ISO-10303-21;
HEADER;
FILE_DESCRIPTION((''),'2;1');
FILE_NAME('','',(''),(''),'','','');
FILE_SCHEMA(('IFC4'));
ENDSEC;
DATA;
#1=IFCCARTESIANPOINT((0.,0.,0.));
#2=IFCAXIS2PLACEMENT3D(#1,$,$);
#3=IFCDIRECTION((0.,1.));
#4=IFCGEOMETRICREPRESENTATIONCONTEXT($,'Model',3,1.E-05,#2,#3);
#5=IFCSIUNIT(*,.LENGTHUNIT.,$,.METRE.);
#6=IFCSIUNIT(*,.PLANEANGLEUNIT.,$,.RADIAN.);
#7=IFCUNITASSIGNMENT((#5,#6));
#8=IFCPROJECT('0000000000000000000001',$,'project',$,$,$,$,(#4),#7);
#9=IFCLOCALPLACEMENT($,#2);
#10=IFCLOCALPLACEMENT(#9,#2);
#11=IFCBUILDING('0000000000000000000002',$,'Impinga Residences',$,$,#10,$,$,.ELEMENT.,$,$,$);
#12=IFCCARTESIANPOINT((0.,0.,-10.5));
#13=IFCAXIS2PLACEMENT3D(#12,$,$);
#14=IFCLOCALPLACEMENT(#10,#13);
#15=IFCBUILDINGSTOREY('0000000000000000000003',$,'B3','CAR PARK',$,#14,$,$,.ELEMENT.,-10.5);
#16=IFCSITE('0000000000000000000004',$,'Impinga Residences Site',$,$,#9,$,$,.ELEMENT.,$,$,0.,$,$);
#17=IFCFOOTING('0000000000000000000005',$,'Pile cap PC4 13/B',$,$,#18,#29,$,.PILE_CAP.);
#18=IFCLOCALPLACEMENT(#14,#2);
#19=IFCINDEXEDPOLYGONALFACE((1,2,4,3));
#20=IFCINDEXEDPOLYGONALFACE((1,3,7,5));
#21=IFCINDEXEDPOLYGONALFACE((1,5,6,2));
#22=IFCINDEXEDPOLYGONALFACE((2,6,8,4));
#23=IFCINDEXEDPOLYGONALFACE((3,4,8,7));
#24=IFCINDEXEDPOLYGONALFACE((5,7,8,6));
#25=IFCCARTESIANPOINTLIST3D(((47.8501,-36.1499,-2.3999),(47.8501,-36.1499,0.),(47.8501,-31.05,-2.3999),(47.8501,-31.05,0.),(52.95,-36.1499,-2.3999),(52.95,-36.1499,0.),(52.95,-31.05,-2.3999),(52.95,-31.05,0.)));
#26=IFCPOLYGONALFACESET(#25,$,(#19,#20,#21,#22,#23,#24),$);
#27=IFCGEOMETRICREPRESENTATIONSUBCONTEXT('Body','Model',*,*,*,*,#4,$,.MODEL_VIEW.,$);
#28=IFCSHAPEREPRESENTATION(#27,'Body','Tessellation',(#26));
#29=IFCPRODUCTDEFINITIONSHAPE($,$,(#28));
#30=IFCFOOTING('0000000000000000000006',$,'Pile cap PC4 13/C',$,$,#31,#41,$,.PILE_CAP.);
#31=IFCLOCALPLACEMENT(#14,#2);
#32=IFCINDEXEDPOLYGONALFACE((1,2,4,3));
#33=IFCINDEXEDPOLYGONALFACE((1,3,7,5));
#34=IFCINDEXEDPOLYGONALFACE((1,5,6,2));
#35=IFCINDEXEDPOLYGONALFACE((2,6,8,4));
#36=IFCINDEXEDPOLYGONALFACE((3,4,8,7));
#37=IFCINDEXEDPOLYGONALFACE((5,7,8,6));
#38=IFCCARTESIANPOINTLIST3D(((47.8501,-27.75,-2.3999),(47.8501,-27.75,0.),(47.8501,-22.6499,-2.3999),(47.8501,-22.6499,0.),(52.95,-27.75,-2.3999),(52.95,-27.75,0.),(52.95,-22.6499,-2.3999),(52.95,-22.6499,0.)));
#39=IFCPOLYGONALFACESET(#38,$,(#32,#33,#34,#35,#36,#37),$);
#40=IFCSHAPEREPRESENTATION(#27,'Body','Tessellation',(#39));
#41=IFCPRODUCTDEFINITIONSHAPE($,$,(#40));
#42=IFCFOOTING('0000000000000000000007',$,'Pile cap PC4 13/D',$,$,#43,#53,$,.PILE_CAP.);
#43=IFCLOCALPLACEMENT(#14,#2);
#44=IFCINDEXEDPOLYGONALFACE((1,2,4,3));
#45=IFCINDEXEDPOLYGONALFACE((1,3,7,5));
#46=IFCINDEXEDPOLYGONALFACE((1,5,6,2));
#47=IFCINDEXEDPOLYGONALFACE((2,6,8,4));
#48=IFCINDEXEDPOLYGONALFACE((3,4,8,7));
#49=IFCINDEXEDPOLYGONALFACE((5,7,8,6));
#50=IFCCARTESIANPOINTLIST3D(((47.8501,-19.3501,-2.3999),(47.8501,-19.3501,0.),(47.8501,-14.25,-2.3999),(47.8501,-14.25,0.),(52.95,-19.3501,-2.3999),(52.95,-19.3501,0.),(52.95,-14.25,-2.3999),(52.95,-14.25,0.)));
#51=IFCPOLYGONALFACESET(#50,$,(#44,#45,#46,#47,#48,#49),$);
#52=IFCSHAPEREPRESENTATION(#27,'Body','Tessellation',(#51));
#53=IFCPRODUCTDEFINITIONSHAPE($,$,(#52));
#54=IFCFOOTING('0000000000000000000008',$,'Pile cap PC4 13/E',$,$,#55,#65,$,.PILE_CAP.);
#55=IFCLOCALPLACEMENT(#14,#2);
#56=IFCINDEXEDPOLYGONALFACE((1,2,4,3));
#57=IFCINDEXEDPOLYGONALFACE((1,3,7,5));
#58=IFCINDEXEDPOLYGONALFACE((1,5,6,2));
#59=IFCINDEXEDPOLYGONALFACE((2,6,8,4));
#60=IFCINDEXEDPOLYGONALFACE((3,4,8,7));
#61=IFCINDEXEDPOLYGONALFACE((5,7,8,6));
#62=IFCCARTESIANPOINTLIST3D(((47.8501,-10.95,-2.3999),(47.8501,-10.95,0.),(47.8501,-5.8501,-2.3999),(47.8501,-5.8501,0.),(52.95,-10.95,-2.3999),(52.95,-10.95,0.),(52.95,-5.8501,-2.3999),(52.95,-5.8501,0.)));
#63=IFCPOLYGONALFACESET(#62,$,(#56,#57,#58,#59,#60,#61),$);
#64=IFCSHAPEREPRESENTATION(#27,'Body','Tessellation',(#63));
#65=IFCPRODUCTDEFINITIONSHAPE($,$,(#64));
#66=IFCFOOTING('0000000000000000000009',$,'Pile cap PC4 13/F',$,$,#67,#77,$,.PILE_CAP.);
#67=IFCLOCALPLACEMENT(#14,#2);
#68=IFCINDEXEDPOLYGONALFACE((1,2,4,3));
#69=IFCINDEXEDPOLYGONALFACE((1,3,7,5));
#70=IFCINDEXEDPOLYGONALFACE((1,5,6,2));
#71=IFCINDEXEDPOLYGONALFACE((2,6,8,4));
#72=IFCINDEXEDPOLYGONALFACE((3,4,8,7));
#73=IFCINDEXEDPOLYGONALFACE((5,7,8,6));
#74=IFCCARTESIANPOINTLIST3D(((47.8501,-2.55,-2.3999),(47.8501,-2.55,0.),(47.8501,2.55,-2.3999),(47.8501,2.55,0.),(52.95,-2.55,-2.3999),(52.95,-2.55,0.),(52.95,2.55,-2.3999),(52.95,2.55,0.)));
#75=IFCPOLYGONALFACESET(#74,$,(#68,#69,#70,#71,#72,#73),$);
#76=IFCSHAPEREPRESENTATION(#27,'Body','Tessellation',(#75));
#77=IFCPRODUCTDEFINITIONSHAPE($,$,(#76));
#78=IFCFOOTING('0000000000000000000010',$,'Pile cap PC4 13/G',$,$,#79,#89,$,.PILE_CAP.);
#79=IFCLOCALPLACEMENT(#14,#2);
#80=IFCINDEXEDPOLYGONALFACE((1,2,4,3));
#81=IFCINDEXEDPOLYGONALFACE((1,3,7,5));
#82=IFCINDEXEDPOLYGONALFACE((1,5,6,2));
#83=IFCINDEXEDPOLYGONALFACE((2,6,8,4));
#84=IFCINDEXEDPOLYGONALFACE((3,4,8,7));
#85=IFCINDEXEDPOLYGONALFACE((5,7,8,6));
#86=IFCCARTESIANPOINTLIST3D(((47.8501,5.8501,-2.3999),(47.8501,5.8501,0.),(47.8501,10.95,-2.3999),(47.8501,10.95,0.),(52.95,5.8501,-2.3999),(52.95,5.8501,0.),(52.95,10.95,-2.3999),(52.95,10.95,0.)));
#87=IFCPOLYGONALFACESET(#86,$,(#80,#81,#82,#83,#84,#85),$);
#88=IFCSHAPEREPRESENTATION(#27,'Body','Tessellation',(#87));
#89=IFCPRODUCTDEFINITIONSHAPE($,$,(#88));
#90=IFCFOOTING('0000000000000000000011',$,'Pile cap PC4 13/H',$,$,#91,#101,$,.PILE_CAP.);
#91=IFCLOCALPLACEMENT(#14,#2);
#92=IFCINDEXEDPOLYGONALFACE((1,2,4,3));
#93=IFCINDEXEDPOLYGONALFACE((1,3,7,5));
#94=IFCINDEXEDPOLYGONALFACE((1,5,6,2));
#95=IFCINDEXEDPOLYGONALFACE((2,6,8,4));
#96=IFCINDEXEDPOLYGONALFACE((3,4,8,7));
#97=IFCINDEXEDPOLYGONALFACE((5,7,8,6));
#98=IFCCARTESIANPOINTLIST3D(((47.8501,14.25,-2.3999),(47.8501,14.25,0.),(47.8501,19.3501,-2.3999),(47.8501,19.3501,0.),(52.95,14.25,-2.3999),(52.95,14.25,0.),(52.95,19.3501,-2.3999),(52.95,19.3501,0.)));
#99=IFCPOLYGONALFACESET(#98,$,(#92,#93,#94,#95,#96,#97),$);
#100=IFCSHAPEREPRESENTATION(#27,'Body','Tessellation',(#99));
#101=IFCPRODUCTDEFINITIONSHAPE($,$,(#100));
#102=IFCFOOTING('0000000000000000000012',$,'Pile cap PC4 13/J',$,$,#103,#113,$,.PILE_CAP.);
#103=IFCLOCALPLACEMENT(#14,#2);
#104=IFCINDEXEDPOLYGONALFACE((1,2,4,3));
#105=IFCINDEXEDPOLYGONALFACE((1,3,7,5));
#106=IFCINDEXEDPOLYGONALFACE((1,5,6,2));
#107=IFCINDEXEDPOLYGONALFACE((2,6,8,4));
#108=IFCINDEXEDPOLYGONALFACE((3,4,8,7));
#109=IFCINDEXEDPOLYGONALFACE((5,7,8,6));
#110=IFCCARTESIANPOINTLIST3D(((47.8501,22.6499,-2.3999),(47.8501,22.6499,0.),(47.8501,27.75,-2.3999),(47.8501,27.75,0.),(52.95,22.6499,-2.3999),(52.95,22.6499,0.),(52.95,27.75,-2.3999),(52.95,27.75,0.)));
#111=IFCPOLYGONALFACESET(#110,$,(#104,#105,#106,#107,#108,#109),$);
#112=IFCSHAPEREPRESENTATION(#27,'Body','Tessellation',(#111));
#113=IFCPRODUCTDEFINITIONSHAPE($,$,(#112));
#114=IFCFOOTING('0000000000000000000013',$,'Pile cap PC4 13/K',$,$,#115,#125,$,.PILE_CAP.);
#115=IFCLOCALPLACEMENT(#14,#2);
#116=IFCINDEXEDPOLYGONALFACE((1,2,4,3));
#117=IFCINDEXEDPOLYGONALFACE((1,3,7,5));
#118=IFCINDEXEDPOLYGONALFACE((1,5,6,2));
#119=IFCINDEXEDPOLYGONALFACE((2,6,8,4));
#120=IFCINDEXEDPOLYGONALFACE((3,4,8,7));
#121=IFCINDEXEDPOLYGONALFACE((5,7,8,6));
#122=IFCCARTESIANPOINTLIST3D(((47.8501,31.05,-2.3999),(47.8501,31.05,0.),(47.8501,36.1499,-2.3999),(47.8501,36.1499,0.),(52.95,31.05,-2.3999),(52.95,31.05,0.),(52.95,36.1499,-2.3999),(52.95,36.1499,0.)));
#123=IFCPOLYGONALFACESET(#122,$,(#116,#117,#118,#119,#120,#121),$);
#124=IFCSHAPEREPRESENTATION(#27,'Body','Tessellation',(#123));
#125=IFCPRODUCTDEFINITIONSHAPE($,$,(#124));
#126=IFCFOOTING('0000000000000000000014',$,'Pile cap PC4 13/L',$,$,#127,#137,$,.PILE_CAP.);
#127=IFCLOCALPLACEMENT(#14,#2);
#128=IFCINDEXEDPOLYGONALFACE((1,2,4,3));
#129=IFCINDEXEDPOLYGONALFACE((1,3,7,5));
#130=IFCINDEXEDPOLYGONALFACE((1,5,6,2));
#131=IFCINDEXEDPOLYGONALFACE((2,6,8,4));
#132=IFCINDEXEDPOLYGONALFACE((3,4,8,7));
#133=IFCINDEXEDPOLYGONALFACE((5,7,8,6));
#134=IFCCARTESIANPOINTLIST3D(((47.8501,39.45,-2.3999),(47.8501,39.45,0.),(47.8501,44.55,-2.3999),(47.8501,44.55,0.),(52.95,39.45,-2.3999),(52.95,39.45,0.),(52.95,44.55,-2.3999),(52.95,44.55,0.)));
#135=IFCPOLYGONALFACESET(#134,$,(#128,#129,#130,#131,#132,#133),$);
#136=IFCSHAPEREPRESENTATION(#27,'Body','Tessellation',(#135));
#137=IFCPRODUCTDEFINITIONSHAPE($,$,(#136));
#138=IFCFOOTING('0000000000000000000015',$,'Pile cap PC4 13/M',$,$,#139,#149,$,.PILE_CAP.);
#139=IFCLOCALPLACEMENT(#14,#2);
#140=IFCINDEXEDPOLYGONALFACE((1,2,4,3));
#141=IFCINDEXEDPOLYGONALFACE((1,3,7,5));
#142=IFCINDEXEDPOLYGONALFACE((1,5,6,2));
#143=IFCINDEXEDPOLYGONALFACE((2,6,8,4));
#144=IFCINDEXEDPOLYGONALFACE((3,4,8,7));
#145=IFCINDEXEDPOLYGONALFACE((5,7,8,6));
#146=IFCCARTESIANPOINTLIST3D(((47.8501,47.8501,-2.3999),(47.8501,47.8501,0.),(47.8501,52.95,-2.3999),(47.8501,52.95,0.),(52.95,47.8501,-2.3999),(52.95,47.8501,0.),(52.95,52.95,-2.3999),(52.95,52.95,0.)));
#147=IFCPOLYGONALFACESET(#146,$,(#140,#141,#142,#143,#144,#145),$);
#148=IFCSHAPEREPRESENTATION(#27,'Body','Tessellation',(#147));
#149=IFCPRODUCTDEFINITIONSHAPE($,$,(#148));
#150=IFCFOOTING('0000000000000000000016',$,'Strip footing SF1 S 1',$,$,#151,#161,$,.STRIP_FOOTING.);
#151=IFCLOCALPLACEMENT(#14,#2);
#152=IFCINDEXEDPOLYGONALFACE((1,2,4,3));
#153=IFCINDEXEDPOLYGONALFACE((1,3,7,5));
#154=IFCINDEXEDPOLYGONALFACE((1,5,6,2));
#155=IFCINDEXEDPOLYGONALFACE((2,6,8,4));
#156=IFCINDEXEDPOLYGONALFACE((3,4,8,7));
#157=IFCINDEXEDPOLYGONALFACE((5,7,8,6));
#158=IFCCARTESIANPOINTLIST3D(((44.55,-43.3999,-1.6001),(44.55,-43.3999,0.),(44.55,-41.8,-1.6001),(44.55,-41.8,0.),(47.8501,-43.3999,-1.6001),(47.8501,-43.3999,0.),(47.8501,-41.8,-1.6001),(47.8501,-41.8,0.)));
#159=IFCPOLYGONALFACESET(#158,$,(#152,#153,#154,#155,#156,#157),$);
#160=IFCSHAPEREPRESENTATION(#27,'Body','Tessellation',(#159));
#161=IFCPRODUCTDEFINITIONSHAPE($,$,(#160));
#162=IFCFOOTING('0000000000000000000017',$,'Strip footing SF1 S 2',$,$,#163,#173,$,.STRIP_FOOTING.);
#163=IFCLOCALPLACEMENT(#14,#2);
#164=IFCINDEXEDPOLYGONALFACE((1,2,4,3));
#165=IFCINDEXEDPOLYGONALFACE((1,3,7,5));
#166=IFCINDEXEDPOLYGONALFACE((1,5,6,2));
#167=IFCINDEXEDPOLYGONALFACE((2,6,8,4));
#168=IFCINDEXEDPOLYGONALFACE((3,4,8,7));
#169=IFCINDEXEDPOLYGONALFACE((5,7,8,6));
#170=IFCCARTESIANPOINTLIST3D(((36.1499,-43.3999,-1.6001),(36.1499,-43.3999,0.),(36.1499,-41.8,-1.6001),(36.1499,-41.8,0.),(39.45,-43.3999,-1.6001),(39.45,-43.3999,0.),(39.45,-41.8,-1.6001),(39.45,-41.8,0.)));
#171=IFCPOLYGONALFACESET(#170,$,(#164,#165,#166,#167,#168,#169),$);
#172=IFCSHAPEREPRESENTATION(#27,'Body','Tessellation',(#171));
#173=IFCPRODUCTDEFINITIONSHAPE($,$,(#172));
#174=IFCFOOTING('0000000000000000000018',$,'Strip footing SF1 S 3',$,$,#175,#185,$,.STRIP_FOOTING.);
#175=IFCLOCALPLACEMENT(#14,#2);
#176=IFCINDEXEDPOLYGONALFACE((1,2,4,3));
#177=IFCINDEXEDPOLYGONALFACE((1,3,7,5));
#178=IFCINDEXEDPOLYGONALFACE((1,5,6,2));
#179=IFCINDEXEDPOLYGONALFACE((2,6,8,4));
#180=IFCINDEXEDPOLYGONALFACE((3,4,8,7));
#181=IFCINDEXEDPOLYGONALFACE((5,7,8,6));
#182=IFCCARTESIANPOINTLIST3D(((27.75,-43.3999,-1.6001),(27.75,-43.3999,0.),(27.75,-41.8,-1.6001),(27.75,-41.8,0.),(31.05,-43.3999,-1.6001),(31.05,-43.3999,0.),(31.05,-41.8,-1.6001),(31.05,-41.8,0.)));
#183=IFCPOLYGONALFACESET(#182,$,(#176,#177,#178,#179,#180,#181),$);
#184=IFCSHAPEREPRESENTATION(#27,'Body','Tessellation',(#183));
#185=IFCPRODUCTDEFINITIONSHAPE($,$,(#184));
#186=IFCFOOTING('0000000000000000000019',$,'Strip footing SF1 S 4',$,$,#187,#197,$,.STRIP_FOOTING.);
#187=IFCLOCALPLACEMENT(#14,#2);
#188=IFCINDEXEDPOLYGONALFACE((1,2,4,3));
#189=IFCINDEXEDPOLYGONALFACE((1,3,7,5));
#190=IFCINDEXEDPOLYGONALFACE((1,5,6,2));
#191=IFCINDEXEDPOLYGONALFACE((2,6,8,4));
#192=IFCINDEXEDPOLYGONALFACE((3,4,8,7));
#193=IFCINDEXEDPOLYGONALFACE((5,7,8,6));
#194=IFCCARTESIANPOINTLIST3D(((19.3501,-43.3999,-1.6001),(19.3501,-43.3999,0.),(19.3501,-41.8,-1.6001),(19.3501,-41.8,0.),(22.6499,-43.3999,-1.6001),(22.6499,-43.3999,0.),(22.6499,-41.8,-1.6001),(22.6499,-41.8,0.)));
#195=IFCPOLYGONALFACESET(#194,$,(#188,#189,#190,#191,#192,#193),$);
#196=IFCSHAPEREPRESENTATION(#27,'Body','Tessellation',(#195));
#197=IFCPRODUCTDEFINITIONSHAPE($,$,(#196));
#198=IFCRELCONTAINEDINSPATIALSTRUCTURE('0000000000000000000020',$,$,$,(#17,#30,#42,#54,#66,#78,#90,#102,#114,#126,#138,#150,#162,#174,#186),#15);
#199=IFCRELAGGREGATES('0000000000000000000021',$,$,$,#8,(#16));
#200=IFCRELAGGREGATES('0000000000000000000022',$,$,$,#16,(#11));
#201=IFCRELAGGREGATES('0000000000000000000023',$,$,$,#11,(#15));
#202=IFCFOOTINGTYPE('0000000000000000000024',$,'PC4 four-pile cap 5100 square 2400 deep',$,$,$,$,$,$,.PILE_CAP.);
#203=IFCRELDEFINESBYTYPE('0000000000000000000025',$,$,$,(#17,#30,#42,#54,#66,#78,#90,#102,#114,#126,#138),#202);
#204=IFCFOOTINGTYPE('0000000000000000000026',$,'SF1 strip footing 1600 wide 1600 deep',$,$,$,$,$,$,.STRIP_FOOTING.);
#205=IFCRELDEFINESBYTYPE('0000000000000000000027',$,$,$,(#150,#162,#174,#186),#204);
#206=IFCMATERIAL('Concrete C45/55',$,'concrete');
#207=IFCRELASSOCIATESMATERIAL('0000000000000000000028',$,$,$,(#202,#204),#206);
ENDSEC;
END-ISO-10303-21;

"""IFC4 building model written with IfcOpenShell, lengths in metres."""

from ifc_helpers import new_model, si_unit, direction, frame, origin, place, context, subcontext, project, spatial, polyline, outline, extrude, material, type_object, element, save


model = new_model("IFC4")

# Units and contexts
model_context = context("Model", 3, precision=1e-05, world=origin(), true_north=direction((0.0, 1.0)))
body_context = subcontext(model_context, "Body", "Model", "MODEL_VIEW")
ifc_project = project(units=[si_unit("LENGTHUNIT", "METRE"), si_unit("PLANEANGLEUNIT", "RADIAN")], contexts=[model_context])

# Site, building, storey
site_placement = place(None, origin())
site = spatial("IfcSite", under=ifc_project, at=site_placement, Name="Impinga Residences Site", CompositionType="ELEMENT", RefElevation=0.0)
building_placement = place(site_placement, origin())
building = spatial("IfcBuilding", under=site, at=building_placement, Name="Impinga Residences", CompositionType="ELEMENT")
storey_placement = place(building_placement, frame((0.0, 0.0, -10.5)))
storey = spatial("IfcBuildingStorey", under=building, at=storey_placement, Name="B3", Description="CAR PARK", CompositionType="ELEMENT", Elevation=-10.5)

# Footings
ifc_material = material(Name="Concrete C45/55", Category="concrete")
footing_type_1 = type_object("IfcFootingType", Name="PC4 four-pile cap 5100 square 2400 deep", PredefinedType="PILE_CAP", material=ifc_material)
footing_1_placement = place(storey_placement, frame((0.0, 0.0, -2.3999)))
element("IfcFooting", 1, at=footing_1_placement, inside=storey, type_object=footing_type_1, Name="Pile cap PC4 13/B", PredefinedType="PILE_CAP", context=body_context, shape_type="SweptSolid", body=[
    extrude(outline(polyline([(52.95, -36.1499), (52.95, -31.05), (47.8501, -31.05), (47.8501, -36.1499), (52.95, -36.1499)])), origin(), (0.0, 0.0, 1.0), 2.3999),
])
footing_2_placement = place(storey_placement, frame((0.0, 0.0, -2.3999)))
element("IfcFooting", 2, at=footing_2_placement, inside=storey, type_object=footing_type_1, Name="Pile cap PC4 13/C", PredefinedType="PILE_CAP", context=body_context, shape_type="SweptSolid", body=[
    extrude(outline(polyline([(52.95, -27.75), (52.95, -22.6499), (47.8501, -22.6499), (47.8501, -27.75), (52.95, -27.75)])), origin(), (0.0, 0.0, 1.0), 2.3999),
])
footing_3_placement = place(storey_placement, frame((0.0, 0.0, -2.3999)))
element("IfcFooting", 3, at=footing_3_placement, inside=storey, type_object=footing_type_1, Name="Pile cap PC4 13/D", PredefinedType="PILE_CAP", context=body_context, shape_type="SweptSolid", body=[
    extrude(outline(polyline([(52.95, -19.3501), (52.95, -14.25), (47.8501, -14.25), (47.8501, -19.3501), (52.95, -19.3501)])), origin(), (0.0, 0.0, 1.0), 2.3999),
])
footing_4_placement = place(storey_placement, frame((0.0, 0.0, -2.3999)))
element("IfcFooting", 4, at=footing_4_placement, inside=storey, type_object=footing_type_1, Name="Pile cap PC4 13/E", PredefinedType="PILE_CAP", context=body_context, shape_type="SweptSolid", body=[
    extrude(outline(polyline([(52.95, -10.95), (52.95, -5.8501), (47.8501, -5.8501), (47.8501, -10.95), (52.95, -10.95)])), origin(), (0.0, 0.0, 1.0), 2.3999),
])
footing_5_placement = place(storey_placement, frame((0.0, 0.0, -2.3999)))
element("IfcFooting", 5, at=footing_5_placement, inside=storey, type_object=footing_type_1, Name="Pile cap PC4 13/F", PredefinedType="PILE_CAP", context=body_context, shape_type="SweptSolid", body=[
    extrude(outline(polyline([(52.95, -2.55), (52.95, 2.55), (47.8501, 2.55), (47.8501, -2.55), (52.95, -2.55)])), origin(), (0.0, 0.0, 1.0), 2.3999),
])
footing_6_placement = place(storey_placement, frame((0.0, 0.0, -2.3999)))
element("IfcFooting", 6, at=footing_6_placement, inside=storey, type_object=footing_type_1, Name="Pile cap PC4 13/G", PredefinedType="PILE_CAP", context=body_context, shape_type="SweptSolid", body=[
    extrude(outline(polyline([(52.95, 5.8501), (52.95, 10.95), (47.8501, 10.95), (47.8501, 5.8501), (52.95, 5.8501)])), origin(), (0.0, 0.0, 1.0), 2.3999),
])
footing_7_placement = place(storey_placement, frame((0.0, 0.0, -2.3999)))
element("IfcFooting", 7, at=footing_7_placement, inside=storey, type_object=footing_type_1, Name="Pile cap PC4 13/H", PredefinedType="PILE_CAP", context=body_context, shape_type="SweptSolid", body=[
    extrude(outline(polyline([(52.95, 14.25), (52.95, 19.3501), (47.8501, 19.3501), (47.8501, 14.25), (52.95, 14.25)])), origin(), (0.0, 0.0, 1.0), 2.3999),
])
footing_8_placement = place(storey_placement, frame((0.0, 0.0, -2.3999)))
element("IfcFooting", 8, at=footing_8_placement, inside=storey, type_object=footing_type_1, Name="Pile cap PC4 13/J", PredefinedType="PILE_CAP", context=body_context, shape_type="SweptSolid", body=[
    extrude(outline(polyline([(52.95, 22.6499), (52.95, 27.75), (47.8501, 27.75), (47.8501, 22.6499), (52.95, 22.6499)])), origin(), (0.0, 0.0, 1.0), 2.3999),
])
footing_9_placement = place(storey_placement, frame((0.0, 0.0, -2.3999)))
element("IfcFooting", 9, at=footing_9_placement, inside=storey, type_object=footing_type_1, Name="Pile cap PC4 13/K", PredefinedType="PILE_CAP", context=body_context, shape_type="SweptSolid", body=[
    extrude(outline(polyline([(52.95, 31.05), (52.95, 36.1499), (47.8501, 36.1499), (47.8501, 31.05), (52.95, 31.05)])), origin(), (0.0, 0.0, 1.0), 2.3999),
])
footing_10_placement = place(storey_placement, frame((0.0, 0.0, -2.3999)))
element("IfcFooting", 10, at=footing_10_placement, inside=storey, type_object=footing_type_1, Name="Pile cap PC4 13/L", PredefinedType="PILE_CAP", context=body_context, shape_type="SweptSolid", body=[
    extrude(outline(polyline([(52.95, 39.45), (52.95, 44.55), (47.8501, 44.55), (47.8501, 39.45), (52.95, 39.45)])), origin(), (0.0, 0.0, 1.0), 2.3999),
])
footing_11_placement = place(storey_placement, frame((0.0, 0.0, -2.3999)))
element("IfcFooting", 11, at=footing_11_placement, inside=storey, type_object=footing_type_1, Name="Pile cap PC4 13/M", PredefinedType="PILE_CAP", context=body_context, shape_type="SweptSolid", body=[
    extrude(outline(polyline([(52.95, 47.8501), (52.95, 52.95), (47.8501, 52.95), (47.8501, 47.8501), (52.95, 47.8501)])), origin(), (0.0, 0.0, 1.0), 2.3999),
])
footing_type_2 = type_object("IfcFootingType", Name="SF1 strip footing 1600 wide 1600 deep", PredefinedType="STRIP_FOOTING", material=ifc_material)
footing_12_placement = place(storey_placement, frame((0.0, 0.0, -1.6001)))
element("IfcFooting", 12, at=footing_12_placement, inside=storey, type_object=footing_type_2, Name="Strip footing SF1 S 1", PredefinedType="STRIP_FOOTING", context=body_context, shape_type="SweptSolid", body=[
    extrude(outline(polyline([(44.55, -43.3999), (44.55, -41.8), (47.8501, -41.8), (47.8501, -43.3999), (44.55, -43.3999)])), origin(), (0.0, 0.0, 1.0), 1.6001),
])
footing_13_placement = place(storey_placement, frame((0.0, 0.0, -1.6001)))
element("IfcFooting", 13, at=footing_13_placement, inside=storey, type_object=footing_type_2, Name="Strip footing SF1 S 2", PredefinedType="STRIP_FOOTING", context=body_context, shape_type="SweptSolid", body=[
    extrude(outline(polyline([(36.1499, -43.3999), (36.1499, -41.8), (39.45, -41.8), (39.45, -43.3999), (36.1499, -43.3999)])), origin(), (0.0, 0.0, 1.0), 1.6001),
])
footing_14_placement = place(storey_placement, frame((0.0, 0.0, -1.6001)))
element("IfcFooting", 14, at=footing_14_placement, inside=storey, type_object=footing_type_2, Name="Strip footing SF1 S 3", PredefinedType="STRIP_FOOTING", context=body_context, shape_type="SweptSolid", body=[
    extrude(outline(polyline([(27.75, -43.3999), (27.75, -41.8), (31.05, -41.8), (31.05, -43.3999), (27.75, -43.3999)])), origin(), (0.0, 0.0, 1.0), 1.6001),
])
footing_15_placement = place(storey_placement, frame((0.0, 0.0, -1.6001)))
element("IfcFooting", 15, at=footing_15_placement, inside=storey, type_object=footing_type_2, Name="Strip footing SF1 S 4", PredefinedType="STRIP_FOOTING", context=body_context, shape_type="SweptSolid", body=[
    extrude(outline(polyline([(19.3501, -43.3999), (19.3501, -41.8), (22.6499, -41.8), (22.6499, -43.3999), (19.3501, -43.3999)])), origin(), (0.0, 0.0, 1.0), 1.6001),
])

save(model, "model.ifc")
